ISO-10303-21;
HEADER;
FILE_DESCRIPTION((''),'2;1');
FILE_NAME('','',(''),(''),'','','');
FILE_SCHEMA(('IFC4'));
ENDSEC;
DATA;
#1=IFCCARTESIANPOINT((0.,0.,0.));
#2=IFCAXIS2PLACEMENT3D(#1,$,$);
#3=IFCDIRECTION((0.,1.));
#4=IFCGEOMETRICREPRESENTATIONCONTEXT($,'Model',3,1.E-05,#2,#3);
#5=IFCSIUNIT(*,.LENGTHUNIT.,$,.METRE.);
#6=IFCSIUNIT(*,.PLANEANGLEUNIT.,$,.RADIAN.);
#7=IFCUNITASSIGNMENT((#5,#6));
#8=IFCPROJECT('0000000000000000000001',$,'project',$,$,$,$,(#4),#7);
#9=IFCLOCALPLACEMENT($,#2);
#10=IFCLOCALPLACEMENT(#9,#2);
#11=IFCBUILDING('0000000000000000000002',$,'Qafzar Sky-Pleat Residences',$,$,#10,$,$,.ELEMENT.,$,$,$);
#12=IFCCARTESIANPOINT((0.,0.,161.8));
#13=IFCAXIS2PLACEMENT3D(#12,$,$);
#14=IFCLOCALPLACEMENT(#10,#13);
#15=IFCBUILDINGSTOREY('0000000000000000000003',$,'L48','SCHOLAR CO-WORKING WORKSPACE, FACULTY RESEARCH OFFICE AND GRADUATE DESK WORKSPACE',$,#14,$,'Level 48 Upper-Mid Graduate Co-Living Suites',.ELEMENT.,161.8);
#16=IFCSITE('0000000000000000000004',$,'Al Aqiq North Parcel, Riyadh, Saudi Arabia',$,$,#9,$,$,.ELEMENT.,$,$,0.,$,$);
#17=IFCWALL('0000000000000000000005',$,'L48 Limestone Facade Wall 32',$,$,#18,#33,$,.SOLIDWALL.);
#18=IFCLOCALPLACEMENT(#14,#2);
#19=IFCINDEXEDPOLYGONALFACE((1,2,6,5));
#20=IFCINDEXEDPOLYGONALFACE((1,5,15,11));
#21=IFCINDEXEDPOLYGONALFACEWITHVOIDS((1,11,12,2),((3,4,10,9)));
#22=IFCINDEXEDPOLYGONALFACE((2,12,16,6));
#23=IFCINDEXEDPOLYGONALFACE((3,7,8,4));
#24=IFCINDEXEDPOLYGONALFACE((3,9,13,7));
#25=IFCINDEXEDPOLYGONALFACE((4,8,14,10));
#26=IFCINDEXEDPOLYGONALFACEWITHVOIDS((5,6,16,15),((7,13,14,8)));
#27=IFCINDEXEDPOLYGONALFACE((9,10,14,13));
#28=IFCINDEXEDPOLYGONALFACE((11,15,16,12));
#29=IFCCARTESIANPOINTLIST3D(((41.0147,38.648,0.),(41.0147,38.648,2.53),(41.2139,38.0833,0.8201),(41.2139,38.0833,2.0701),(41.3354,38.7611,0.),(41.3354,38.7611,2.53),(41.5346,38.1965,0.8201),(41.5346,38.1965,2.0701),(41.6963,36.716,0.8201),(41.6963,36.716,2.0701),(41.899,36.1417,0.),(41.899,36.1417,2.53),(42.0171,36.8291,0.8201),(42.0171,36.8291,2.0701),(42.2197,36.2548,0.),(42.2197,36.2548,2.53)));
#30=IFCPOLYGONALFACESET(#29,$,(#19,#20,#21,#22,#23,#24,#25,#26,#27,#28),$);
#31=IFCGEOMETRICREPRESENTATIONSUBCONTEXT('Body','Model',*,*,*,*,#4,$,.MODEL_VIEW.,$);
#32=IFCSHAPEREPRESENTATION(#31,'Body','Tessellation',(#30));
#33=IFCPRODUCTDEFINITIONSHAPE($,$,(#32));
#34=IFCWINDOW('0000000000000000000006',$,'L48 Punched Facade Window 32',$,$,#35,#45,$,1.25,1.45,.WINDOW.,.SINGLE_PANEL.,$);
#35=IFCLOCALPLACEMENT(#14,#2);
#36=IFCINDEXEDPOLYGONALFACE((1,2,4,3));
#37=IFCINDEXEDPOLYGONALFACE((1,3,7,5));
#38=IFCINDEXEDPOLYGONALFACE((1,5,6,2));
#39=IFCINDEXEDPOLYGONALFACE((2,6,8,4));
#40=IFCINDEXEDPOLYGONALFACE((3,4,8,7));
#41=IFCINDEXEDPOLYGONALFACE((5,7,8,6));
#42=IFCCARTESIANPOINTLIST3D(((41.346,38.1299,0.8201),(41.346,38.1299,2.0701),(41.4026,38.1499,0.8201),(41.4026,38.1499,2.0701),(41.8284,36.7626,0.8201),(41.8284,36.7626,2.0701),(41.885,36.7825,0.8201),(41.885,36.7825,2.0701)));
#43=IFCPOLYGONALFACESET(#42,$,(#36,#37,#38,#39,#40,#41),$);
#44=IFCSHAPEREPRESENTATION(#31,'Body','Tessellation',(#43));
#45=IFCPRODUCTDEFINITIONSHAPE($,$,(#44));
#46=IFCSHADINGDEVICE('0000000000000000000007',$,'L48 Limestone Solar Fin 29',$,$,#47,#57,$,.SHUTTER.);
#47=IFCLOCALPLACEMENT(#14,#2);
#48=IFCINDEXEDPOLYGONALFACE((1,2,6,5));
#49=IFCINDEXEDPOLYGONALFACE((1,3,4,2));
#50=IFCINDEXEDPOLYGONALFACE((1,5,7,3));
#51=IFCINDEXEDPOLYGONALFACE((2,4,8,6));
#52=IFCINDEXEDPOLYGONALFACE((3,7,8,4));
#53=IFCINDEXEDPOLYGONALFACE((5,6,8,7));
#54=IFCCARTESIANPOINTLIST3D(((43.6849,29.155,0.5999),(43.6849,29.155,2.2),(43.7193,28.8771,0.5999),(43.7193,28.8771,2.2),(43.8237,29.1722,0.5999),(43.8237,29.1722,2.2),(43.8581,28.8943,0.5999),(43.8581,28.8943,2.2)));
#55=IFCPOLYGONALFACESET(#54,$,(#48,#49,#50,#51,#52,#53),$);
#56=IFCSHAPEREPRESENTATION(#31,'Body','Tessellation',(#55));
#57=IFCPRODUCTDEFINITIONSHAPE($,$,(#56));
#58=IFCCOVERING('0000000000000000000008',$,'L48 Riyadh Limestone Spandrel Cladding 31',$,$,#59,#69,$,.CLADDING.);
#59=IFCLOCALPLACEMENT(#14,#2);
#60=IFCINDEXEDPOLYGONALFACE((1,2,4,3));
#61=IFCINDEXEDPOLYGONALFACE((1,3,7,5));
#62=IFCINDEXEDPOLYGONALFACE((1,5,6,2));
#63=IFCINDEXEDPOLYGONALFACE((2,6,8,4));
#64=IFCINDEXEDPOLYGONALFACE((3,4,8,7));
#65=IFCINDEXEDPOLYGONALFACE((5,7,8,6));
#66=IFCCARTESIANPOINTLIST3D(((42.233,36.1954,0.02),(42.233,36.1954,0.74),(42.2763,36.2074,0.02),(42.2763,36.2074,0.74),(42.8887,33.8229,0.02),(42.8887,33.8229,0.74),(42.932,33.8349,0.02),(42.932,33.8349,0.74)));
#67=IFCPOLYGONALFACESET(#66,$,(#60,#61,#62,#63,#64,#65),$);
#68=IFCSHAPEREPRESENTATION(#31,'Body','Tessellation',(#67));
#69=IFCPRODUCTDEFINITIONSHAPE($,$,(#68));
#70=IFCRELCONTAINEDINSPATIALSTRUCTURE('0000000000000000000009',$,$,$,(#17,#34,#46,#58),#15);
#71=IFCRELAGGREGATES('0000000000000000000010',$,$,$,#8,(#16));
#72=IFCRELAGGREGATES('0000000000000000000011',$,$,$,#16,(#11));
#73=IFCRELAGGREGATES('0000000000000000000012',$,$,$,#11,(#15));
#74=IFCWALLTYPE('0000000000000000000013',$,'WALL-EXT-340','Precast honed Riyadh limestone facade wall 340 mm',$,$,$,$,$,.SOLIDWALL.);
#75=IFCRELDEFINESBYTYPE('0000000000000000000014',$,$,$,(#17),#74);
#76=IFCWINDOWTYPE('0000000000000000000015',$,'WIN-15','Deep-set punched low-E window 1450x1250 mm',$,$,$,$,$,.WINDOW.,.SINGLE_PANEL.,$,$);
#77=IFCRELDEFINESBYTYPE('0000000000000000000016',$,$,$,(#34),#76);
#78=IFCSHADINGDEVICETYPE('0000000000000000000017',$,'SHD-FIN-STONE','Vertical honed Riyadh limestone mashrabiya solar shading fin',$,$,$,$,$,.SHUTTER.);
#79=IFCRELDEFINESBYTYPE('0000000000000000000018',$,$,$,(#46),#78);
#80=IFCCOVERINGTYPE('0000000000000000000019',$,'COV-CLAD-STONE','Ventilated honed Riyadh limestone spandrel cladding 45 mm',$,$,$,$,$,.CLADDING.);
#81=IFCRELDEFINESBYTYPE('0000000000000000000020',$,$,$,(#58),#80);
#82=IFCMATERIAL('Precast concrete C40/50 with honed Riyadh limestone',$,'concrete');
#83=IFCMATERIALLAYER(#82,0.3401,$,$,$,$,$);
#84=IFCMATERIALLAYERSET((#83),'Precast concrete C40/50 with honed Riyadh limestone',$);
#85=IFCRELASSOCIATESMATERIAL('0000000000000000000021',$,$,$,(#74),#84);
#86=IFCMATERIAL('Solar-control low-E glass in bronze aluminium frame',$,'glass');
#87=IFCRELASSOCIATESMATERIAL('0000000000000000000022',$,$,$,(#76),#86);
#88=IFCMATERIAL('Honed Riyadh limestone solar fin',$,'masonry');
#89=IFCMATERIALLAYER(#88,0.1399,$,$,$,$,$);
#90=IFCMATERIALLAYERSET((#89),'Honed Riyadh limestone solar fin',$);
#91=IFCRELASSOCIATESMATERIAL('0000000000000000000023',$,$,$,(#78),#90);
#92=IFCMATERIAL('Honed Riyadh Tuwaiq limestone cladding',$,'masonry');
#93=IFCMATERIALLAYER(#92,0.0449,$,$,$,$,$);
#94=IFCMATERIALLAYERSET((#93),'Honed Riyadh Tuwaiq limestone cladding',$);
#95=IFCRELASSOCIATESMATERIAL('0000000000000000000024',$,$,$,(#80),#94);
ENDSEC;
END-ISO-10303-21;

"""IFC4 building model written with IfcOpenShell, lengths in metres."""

from ifc_helpers import new_model, si_unit, direction, frame, frame_2d, origin, origin_2d, place, context, subcontext, project, spatial, rectangle, extrude, source, transform, mapped, material, layer, layer_set, type_object, element, fill, save


model = new_model("IFC4")

# Units and contexts
model_context = context("Model", 3, precision=1e-05, world=origin(), true_north=direction((0.0, 1.0)))
body_context = subcontext(model_context, "Body", "Model", "MODEL_VIEW")
ifc_project = project(units=[si_unit("LENGTHUNIT", "METRE"), si_unit("PLANEANGLEUNIT", "RADIAN")], contexts=[model_context])

# Site, building, storey
site_placement = place(None, origin())
site = spatial("IfcSite", under=ifc_project, at=site_placement, Name="Al Aqiq North Parcel, Riyadh, Saudi Arabia", CompositionType="ELEMENT", RefElevation=0.0)
building_placement = place(site_placement, origin())
building = spatial("IfcBuilding", under=site, at=building_placement, Name="Qafzar Sky-Pleat Residences", CompositionType="ELEMENT")
storey_placement = place(building_placement, frame((0.0, 0.0, 161.8)))
storey = spatial("IfcBuildingStorey", under=building, at=storey_placement, Name="L48", Description="SCHOLAR CO-WORKING WORKSPACE, FACULTY RESEARCH OFFICE AND GRADUATE DESK WORKSPACE", LongName="Level 48 Upper-Mid Graduate Co-Living Suites", CompositionType="ELEMENT", Elevation=161.8)

# Shared definitions
ifc_material_1 = material(Name="Precast concrete C40/50 with honed Riyadh limestone", Category="concrete")

# Wall, opening, window
ifc_layer_1 = layer(ifc_material_1, 0.3401)
ifc_layer_set_1 = layer_set([ifc_layer_1], Name="Precast concrete C40/50 with honed Riyadh limestone")
wall_type_1 = type_object("IfcWallType", Name="WALL-EXT-340", Description="Precast honed Riyadh limestone facade wall 340 mm", PredefinedType="SOLIDWALL", material=ifc_layer_set_1)
ifc_material_2 = material(Name="Solar-control low-E glass in bronze aluminium frame", Category="glass")
wall_1_placement = place(storey_placement, frame((42.0593, 36.1982, 0.0), z_axis=(0.0, 0.0, 1.0), x_axis=(-0.332714, 0.943028, 0.0)))
wall_1 = element("IfcWall", 1, at=wall_1_placement, inside=storey, type_object=wall_type_1, Name="L48 Limestone Facade Wall 32", PredefinedType="SOLIDWALL", context=body_context, shape_type="SweptSolid", body=[
    extrude(rectangle(XDim=2.6577, YDim=0.3401, at=frame_2d((1.3289, 0.0))), origin(), (0.0, 0.0, 1.0), 2.53),
])
opening_1_placement = place(wall_1_placement, frame((0.6089, 0.0, 0.8201)))
opening_1 = element("IfcOpeningElement", 2, at=opening_1_placement, cuts=wall_1, PredefinedType="OPENING", context=body_context, shape_type="SweptSolid", body=[
    extrude(rectangle(XDim=1.45, YDim=1.25, at=frame_2d((0.7251, 0.625))), frame((0.0, 0.1802, 0.0), z_axis=(0.0, -1.0, 0.0), x_axis=(1.0, 0.0, 0.0)), (0.0, 0.0, 1.0), 0.3601),
])
window_type_1 = type_object("IfcWindowType", Name="WIN-15", Description="Deep-set punched low-E window 1450x1250 mm", PartitioningType="SINGLE_PANEL", PredefinedType="WINDOW", material=ifc_material_2)
shared_shape_1 = source(origin(), body_context, "Body", "SweptSolid", [
    extrude(rectangle(XDim=1.45, YDim=1.25, at=frame_2d((0.7251, 0.625))), frame((0.0, 0.03, 0.0), z_axis=(0.0, -1.0, 0.0), x_axis=(1.0, 0.0, 0.0)), (0.0, 0.0, 1.0), 0.0601),
])
window_1_placement = place(opening_1_placement, origin())
window_1 = element("IfcWindow", 3, at=window_1_placement, inside=storey, type_object=window_type_1, Name="L48 Punched Facade Window 32", OverallHeight=1.25, OverallWidth=1.45, PartitioningType="SINGLE_PANEL", PredefinedType="WINDOW", context=body_context, shape_type="MappedRepresentation", body=[
    mapped(shared_shape_1, transform((0.0, 0.0, 0.0), x_axis=(1.0, 0.0, 0.0), y_axis=(0.0, 1.0, 0.0), z_axis=(0.0, 0.0, 1.0), scale=1.0)),
])
fill(opening_1, window_1)

# Shading device
ifc_material_3 = material(Name="Honed Riyadh limestone solar fin", Category="masonry")
ifc_layer_2 = layer(ifc_material_3, 0.1399)
ifc_layer_set_2 = layer_set([ifc_layer_2], Name="Honed Riyadh limestone solar fin")
shading_device_type = type_object("IfcShadingDeviceType", Name="SHD-FIN-STONE", Description="Vertical honed Riyadh limestone mashrabiya solar shading fin", PredefinedType="SHUTTER", material=ifc_layer_set_2)
shared_shape_2 = source(origin(), body_context, "Body", "SweptSolid", [
    extrude(rectangle(XDim=0.1399, YDim=0.28, at=origin_2d()), origin(), (0.0, 0.0, 1.0), 1.6001),
])
shading_device_placement = place(storey_placement, frame((43.7715, 29.0247, 0.5999), z_axis=(0.0, 0.0, 1.0), x_axis=(0.992422, 0.122875, 0.0)))
element("IfcShadingDevice", 4, at=shading_device_placement, inside=storey, type_object=shading_device_type, Name="L48 Limestone Solar Fin 29", PredefinedType="SHUTTER", context=body_context, shape_type="MappedRepresentation", body=[
    mapped(shared_shape_2, transform((0.0, 0.0, 0.0), x_axis=(1.0, 0.0, 0.0), y_axis=(0.0, 1.0, 0.0), z_axis=(0.0, 0.0, 1.0), scale=1.0)),
])

# Covering
ifc_material_4 = material(Name="Honed Riyadh Tuwaiq limestone cladding", Category="masonry")
ifc_layer_3 = layer(ifc_material_4, 0.0449)
ifc_layer_set_3 = layer_set([ifc_layer_3], Name="Honed Riyadh Tuwaiq limestone cladding")
covering_type = type_object("IfcCoveringType", Name="COV-CLAD-STONE", Description="Ventilated honed Riyadh limestone spandrel cladding 45 mm", PredefinedType="CLADDING", material=ifc_layer_set_3)
shared_shape_3 = source(origin(), body_context, "Body", "SweptSolid", [
    extrude(rectangle(XDim=2.4614, YDim=0.0449, at=origin_2d()), origin(), (0.0, 0.0, 1.0), 0.72),
])
covering_placement = place(storey_placement, frame((42.5825, 35.0151, 0.02), z_axis=(0.0, 0.0, 1.0), x_axis=(-0.266414, 0.963859, 0.0)))
element("IfcCovering", 5, at=covering_placement, inside=storey, type_object=covering_type, Name="L48 Riyadh Limestone Spandrel Cladding 31", PredefinedType="CLADDING", context=body_context, shape_type="MappedRepresentation", body=[
    mapped(shared_shape_3, transform((0.0, 0.0, 0.0), x_axis=(1.0, 0.0, 0.0), y_axis=(0.0, 1.0, 0.0), z_axis=(0.0, 0.0, 1.0), scale=1.0)),
])

save(model, "model.ifc")
